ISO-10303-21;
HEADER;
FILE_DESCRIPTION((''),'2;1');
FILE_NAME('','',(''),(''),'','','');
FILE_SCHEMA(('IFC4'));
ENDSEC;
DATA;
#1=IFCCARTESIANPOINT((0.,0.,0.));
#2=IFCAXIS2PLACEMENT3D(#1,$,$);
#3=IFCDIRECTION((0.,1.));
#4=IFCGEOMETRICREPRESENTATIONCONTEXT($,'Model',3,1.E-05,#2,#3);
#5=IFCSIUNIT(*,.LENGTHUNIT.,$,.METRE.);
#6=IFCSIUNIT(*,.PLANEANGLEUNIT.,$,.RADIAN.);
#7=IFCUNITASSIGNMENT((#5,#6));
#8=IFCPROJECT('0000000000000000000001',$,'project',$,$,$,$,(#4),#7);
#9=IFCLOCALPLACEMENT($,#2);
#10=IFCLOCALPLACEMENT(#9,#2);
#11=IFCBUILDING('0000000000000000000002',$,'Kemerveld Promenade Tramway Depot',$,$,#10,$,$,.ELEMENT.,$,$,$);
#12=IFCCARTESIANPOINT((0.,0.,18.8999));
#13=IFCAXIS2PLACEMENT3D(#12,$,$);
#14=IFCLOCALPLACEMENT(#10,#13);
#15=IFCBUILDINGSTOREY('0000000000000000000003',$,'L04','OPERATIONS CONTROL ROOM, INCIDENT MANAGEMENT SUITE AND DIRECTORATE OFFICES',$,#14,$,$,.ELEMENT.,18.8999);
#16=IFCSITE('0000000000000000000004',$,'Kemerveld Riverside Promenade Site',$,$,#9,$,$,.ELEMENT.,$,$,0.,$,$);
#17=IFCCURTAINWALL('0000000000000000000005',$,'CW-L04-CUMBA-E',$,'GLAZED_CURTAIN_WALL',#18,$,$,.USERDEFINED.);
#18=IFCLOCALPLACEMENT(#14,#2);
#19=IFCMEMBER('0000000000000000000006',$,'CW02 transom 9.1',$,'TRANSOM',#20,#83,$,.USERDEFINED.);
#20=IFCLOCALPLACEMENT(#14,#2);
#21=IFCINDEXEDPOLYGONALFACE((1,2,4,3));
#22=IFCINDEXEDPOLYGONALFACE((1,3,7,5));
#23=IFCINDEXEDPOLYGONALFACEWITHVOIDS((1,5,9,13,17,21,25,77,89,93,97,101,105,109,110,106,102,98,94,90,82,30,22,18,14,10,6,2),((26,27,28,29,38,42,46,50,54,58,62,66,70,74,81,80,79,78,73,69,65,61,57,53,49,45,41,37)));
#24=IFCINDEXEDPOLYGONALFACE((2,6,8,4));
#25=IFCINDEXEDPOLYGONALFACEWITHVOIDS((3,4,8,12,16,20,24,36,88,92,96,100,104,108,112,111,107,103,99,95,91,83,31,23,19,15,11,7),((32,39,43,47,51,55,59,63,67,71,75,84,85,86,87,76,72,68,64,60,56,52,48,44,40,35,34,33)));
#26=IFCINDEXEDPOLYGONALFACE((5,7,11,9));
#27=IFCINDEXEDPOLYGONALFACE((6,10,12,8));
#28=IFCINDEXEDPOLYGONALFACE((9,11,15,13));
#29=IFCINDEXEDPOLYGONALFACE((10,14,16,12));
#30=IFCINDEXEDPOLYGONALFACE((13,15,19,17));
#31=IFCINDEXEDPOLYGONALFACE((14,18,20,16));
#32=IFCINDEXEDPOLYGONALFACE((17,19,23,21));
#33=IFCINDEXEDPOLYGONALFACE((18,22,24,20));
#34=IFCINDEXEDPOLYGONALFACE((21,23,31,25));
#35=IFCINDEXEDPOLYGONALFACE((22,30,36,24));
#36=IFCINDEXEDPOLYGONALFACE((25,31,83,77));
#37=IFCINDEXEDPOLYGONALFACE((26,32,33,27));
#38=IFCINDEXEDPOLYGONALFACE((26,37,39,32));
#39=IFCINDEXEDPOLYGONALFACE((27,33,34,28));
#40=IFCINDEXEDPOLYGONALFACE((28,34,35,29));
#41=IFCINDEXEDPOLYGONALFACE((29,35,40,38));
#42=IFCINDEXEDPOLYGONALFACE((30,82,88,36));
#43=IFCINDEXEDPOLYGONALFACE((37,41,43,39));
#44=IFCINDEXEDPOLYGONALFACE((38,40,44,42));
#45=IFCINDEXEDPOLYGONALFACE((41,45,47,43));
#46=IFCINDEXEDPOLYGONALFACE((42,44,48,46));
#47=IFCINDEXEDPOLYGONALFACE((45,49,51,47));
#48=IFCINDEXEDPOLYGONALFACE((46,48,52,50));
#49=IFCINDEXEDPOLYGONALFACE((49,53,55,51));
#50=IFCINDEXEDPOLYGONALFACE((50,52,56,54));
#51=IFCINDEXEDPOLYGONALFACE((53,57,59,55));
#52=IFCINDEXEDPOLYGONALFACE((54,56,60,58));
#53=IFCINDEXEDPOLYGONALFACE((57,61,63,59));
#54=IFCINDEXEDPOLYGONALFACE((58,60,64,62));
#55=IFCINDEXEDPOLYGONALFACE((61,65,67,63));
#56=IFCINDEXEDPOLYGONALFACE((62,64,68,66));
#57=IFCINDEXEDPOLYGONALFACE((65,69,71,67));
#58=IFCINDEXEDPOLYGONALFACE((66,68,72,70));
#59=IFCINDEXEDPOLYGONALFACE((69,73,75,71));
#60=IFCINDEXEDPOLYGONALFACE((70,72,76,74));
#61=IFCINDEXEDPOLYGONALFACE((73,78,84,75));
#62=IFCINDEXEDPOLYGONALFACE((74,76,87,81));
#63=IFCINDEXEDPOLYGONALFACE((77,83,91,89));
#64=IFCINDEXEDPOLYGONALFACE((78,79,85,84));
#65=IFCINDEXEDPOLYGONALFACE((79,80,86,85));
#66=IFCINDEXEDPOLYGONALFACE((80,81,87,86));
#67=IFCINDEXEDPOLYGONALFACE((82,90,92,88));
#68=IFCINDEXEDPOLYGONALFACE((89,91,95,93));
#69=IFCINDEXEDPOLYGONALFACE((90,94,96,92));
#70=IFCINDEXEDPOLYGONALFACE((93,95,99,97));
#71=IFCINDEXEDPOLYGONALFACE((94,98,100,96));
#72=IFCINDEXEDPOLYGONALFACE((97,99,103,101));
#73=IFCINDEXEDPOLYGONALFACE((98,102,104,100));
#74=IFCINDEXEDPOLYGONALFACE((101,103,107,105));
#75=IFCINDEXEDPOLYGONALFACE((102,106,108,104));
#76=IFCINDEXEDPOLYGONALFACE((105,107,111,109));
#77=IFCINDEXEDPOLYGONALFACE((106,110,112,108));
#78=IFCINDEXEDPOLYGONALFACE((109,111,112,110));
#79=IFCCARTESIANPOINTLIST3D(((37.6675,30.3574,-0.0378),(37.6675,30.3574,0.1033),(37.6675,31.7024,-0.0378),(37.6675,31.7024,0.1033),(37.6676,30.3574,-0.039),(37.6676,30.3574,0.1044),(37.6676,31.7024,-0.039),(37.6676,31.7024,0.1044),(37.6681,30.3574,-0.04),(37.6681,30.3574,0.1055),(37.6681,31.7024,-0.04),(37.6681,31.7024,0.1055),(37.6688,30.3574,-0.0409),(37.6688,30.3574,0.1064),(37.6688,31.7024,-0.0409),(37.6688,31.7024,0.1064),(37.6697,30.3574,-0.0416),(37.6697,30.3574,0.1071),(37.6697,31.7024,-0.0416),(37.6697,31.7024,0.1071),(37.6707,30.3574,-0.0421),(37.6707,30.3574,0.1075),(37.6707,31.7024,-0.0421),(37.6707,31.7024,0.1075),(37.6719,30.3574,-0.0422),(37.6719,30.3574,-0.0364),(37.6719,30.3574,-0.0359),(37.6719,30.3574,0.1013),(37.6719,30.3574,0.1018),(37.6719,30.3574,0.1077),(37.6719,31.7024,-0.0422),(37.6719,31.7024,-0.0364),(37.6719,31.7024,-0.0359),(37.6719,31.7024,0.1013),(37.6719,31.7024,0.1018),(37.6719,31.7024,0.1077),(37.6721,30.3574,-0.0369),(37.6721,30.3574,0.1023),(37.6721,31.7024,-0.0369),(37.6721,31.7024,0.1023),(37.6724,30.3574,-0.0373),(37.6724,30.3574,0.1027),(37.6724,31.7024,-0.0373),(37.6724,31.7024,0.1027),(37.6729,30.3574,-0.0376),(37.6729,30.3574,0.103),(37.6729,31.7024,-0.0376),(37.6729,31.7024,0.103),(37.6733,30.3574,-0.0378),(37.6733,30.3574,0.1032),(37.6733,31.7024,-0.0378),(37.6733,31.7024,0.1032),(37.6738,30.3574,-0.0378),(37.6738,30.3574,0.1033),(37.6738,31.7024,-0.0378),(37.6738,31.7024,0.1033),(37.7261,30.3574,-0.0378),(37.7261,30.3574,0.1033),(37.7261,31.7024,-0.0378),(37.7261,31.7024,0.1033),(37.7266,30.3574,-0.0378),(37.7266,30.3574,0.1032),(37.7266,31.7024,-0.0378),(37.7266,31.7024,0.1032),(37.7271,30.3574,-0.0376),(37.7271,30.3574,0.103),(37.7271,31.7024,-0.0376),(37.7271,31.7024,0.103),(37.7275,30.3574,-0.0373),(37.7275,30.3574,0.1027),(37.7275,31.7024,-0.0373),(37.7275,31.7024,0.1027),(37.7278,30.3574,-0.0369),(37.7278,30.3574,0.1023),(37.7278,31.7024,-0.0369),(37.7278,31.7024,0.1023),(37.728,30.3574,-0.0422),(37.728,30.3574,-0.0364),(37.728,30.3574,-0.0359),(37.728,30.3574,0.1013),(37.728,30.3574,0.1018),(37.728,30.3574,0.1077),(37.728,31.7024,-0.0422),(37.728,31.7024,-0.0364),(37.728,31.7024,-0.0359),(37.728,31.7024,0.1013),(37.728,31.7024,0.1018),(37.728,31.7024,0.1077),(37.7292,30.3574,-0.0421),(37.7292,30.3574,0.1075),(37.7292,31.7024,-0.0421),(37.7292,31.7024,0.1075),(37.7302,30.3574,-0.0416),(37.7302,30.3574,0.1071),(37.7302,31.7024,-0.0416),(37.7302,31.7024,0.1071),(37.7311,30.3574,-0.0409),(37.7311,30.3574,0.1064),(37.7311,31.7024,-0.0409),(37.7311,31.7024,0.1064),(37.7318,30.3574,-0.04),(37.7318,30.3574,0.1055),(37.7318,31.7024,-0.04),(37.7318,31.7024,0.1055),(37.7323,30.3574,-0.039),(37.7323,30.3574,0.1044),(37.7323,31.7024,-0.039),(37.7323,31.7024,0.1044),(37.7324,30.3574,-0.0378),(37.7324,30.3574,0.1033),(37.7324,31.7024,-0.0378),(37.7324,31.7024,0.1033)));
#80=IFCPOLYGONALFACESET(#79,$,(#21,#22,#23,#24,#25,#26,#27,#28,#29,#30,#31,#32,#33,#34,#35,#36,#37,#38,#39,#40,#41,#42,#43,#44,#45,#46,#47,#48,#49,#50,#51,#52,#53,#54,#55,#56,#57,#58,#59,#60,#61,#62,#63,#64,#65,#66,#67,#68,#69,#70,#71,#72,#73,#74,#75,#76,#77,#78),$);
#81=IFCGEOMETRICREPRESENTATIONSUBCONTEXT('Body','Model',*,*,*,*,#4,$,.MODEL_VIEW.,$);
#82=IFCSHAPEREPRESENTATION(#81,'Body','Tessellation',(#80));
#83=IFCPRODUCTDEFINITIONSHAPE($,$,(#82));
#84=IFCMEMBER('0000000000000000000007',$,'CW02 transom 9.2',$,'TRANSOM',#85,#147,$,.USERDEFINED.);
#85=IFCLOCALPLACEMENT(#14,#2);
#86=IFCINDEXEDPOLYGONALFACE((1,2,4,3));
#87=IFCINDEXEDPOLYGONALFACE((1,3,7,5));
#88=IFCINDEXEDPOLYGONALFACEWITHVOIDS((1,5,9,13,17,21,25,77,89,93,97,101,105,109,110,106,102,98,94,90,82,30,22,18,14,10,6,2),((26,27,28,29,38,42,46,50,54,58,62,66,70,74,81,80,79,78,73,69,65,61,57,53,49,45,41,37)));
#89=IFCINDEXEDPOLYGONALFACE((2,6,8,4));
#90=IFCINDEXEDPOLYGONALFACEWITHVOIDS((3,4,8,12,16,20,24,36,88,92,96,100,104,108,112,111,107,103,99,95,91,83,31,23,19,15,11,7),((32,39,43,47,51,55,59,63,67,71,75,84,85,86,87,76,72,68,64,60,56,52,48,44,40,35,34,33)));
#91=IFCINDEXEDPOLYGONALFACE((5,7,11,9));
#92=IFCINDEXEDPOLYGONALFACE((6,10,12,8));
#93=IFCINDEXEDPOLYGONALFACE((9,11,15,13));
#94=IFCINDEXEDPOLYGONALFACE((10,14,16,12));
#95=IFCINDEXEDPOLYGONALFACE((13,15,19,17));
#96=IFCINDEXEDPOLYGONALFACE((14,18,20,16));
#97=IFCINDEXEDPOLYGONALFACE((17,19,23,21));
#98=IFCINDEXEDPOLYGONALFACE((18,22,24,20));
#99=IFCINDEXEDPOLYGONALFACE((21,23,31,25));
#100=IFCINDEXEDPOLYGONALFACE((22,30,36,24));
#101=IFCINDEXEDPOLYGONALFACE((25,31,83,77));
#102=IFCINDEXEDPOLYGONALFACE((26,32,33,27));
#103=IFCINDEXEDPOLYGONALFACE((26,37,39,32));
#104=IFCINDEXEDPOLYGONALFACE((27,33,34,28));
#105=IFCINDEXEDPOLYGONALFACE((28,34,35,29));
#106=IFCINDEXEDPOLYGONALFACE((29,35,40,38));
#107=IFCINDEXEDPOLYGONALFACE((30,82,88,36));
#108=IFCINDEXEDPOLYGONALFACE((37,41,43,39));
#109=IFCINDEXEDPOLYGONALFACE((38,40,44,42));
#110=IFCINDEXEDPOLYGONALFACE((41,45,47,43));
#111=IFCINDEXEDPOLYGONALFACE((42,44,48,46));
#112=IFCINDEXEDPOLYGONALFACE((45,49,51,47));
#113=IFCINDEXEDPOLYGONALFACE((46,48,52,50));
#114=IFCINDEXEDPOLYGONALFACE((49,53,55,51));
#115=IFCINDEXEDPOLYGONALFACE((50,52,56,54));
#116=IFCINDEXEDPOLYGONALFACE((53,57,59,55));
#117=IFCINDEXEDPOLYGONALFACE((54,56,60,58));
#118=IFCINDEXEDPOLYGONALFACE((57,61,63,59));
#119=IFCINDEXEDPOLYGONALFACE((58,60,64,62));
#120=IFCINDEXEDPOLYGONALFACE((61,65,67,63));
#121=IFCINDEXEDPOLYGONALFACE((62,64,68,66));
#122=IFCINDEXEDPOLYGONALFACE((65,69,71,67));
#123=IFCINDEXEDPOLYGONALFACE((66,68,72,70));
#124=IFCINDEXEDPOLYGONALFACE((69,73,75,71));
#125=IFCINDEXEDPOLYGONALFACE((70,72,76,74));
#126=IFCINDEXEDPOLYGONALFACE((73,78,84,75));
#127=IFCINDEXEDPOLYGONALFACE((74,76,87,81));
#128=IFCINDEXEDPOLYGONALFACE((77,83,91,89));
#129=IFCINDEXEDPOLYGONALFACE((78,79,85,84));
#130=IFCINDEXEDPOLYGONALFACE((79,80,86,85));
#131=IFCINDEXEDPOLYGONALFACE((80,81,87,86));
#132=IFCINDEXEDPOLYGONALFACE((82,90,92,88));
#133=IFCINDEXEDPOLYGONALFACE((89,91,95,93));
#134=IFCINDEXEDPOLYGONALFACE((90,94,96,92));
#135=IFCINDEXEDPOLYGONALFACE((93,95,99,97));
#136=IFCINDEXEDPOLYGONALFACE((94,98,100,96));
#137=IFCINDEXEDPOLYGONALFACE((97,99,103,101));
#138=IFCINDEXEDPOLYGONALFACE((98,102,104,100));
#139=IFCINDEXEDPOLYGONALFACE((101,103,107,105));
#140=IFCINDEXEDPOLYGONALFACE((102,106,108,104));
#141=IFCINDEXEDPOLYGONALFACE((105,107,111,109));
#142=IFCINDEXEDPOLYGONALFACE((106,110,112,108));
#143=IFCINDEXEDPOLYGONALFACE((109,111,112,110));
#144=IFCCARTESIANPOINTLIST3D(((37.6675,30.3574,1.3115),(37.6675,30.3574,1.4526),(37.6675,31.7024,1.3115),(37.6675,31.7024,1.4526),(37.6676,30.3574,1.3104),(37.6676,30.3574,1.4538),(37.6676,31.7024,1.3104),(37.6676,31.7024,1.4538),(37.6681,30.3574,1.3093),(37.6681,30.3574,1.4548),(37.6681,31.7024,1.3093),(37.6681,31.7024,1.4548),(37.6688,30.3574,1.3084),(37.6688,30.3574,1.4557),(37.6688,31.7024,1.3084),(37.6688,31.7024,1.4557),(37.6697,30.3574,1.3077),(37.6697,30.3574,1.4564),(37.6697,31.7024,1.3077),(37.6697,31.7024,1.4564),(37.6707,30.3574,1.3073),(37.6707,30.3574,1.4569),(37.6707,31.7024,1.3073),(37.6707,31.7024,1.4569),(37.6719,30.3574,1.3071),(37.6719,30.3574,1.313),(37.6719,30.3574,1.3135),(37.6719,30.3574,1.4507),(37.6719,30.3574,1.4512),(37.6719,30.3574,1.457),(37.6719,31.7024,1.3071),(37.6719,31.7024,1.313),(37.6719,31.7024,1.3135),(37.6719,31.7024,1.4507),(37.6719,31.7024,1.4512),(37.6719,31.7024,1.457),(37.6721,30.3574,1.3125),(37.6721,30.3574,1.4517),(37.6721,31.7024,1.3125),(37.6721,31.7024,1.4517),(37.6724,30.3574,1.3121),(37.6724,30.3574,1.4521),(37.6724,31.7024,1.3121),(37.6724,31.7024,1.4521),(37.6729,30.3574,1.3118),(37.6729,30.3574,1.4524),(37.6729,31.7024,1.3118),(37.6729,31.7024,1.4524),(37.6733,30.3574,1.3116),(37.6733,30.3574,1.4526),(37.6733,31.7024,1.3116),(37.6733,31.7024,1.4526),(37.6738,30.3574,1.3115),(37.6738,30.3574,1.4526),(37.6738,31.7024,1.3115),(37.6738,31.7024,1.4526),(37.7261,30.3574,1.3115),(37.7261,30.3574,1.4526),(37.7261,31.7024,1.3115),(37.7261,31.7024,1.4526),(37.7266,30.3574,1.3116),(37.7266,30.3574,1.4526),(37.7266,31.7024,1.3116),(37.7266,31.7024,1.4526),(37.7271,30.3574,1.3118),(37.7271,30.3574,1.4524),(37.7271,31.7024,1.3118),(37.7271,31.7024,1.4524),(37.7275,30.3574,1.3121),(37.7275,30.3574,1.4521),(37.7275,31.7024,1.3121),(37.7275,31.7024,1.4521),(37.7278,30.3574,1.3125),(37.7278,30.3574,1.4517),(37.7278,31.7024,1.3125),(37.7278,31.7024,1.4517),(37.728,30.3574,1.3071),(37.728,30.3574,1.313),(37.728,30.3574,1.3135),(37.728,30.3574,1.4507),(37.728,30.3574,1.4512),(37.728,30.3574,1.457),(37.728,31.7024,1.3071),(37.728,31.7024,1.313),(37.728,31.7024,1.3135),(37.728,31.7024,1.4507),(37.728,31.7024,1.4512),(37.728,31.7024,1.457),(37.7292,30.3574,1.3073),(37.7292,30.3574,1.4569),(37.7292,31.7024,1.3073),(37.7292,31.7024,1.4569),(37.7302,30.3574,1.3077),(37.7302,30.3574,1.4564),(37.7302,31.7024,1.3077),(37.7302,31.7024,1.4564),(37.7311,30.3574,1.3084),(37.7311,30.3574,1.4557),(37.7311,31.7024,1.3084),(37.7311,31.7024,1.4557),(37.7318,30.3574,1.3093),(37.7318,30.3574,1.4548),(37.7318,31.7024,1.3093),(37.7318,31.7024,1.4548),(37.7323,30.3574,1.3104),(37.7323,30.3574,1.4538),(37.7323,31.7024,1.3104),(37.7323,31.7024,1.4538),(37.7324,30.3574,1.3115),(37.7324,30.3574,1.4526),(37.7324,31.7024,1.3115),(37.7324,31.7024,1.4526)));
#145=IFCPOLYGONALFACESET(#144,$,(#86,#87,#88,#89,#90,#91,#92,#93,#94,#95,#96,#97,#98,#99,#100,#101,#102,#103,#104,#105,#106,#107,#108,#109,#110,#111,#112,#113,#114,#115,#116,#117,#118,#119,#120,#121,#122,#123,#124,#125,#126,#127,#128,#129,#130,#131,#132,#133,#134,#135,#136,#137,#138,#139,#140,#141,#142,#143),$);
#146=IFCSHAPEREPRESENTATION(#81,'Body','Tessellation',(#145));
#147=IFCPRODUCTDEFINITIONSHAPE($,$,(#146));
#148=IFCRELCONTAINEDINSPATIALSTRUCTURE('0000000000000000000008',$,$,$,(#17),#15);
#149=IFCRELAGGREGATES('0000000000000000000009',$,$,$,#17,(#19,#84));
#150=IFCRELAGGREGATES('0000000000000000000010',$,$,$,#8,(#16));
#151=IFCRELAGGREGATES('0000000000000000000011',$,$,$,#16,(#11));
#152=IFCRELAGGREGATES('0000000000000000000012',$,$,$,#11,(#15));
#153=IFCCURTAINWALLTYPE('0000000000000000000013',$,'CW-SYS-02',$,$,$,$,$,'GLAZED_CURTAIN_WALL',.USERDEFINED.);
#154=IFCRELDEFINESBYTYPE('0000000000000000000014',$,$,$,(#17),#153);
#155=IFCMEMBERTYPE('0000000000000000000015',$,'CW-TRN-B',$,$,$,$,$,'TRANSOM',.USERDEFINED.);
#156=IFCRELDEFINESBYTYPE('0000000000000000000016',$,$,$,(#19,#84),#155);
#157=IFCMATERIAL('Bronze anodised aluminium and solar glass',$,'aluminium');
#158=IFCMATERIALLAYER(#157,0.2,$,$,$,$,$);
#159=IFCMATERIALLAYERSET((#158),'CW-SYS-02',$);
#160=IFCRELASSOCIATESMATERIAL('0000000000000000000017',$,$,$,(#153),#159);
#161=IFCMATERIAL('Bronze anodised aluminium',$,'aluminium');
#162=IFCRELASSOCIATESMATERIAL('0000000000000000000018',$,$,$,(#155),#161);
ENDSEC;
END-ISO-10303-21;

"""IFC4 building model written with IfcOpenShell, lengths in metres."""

from ifc_helpers import new_model, si_unit, direction, frame, origin, origin_2d, place, context, subcontext, project, spatial, hollow_rectangle, extrude, material, layer, layer_set, material_profile, profile_set, type_object, element, aggregate, save


model = new_model("IFC4")

# Units and contexts
model_context = context("Model", 3, precision=1e-05, world=origin(), true_north=direction((0.0, 1.0)))
body_context = subcontext(model_context, "Body", "Model", "MODEL_VIEW")
ifc_project = project(units=[si_unit("LENGTHUNIT", "METRE"), si_unit("PLANEANGLEUNIT", "RADIAN")], contexts=[model_context])

# Site, building, storey
site_placement = place(None, origin())
site = spatial("IfcSite", under=ifc_project, at=site_placement, Name="Kemerveld Riverside Promenade Site", CompositionType="ELEMENT", RefElevation=0.0)
building_placement = place(site_placement, origin())
building = spatial("IfcBuilding", under=site, at=building_placement, Name="Kemerveld Promenade Tramway Depot", CompositionType="ELEMENT")
storey_placement = place(building_placement, frame((0.0, 0.0, 18.8999)))
storey = spatial("IfcBuildingStorey", under=building, at=storey_placement, Name="L04", Description="OPERATIONS CONTROL ROOM, INCIDENT MANAGEMENT SUITE AND DIRECTORATE OFFICES", CompositionType="ELEMENT", Elevation=18.8999)

# Curtain wall, members
ifc_material_1 = material(Name="Bronze anodised aluminium and solar glass", Category="aluminium")
ifc_layer_1 = layer(ifc_material_1, 0.2)
ifc_layer_set_1 = layer_set([ifc_layer_1], Name="CW-SYS-02")
curtain_wall_type = type_object("IfcCurtainWallType", Name="CW-SYS-02", ElementType="GLAZED_CURTAIN_WALL", PredefinedType="USERDEFINED", material=ifc_layer_set_1)
curtain_wall_placement = place(storey_placement, origin())
curtain_wall = element("IfcCurtainWall", 1, at=curtain_wall_placement, inside=storey, type_object=curtain_wall_type, Name="CW-L04-CUMBA-E", ObjectType="GLAZED_CURTAIN_WALL", PredefinedType="USERDEFINED")
ifc_material_2 = material(Name="Bronze anodised aluminium", Category="aluminium")
ifc_material_profile_1 = material_profile(ifc_material_2, hollow_rectangle(XDim=0.0649, YDim=0.1499, WallThickness=0.0044, InnerFilletRadius=0.002, OuterFilletRadius=0.0044, at=origin_2d()), Name="CW-TRN-150x65")
ifc_profile_set_1 = profile_set([ifc_material_profile_1], Name="Bronze anodised aluminium")
member_type_1 = type_object("IfcMemberType", Name="CW-TRN-B", ElementType="TRANSOM", PredefinedType="USERDEFINED", material=ifc_profile_set_1)
member_1_placement = place(storey_placement, frame((37.7, 31.7024, 0.0327), z_axis=(0.0, -1.0, 0.0), x_axis=(1.0, 0.0, 0.0)))
member_1 = element("IfcMember", 2, at=member_1_placement, type_object=member_type_1, Name="CW02 transom 9.1", ObjectType="TRANSOM", PredefinedType="USERDEFINED", context=body_context, shape_type="SweptSolid", body=[
    extrude(hollow_rectangle(XDim=0.0649, YDim=0.1499, WallThickness=0.0044, InnerFilletRadius=0.002, OuterFilletRadius=0.0044, at=origin_2d()), origin(), (0.0, 0.0, 1.0), 1.345),
])
member_2_placement = place(storey_placement, frame((37.7, 31.7024, 1.3821), z_axis=(0.0, -1.0, 0.0), x_axis=(1.0, 0.0, 0.0)))
member_2 = element("IfcMember", 3, at=member_2_placement, type_object=member_type_1, Name="CW02 transom 9.2", ObjectType="TRANSOM", PredefinedType="USERDEFINED", context=body_context, shape_type="SweptSolid", body=[
    extrude(hollow_rectangle(XDim=0.0649, YDim=0.1499, WallThickness=0.0044, InnerFilletRadius=0.002, OuterFilletRadius=0.0044, at=origin_2d()), origin(), (0.0, 0.0, 1.0), 1.345),
])
aggregate(curtain_wall, [member_1, member_2])

save(model, "model.ifc")
